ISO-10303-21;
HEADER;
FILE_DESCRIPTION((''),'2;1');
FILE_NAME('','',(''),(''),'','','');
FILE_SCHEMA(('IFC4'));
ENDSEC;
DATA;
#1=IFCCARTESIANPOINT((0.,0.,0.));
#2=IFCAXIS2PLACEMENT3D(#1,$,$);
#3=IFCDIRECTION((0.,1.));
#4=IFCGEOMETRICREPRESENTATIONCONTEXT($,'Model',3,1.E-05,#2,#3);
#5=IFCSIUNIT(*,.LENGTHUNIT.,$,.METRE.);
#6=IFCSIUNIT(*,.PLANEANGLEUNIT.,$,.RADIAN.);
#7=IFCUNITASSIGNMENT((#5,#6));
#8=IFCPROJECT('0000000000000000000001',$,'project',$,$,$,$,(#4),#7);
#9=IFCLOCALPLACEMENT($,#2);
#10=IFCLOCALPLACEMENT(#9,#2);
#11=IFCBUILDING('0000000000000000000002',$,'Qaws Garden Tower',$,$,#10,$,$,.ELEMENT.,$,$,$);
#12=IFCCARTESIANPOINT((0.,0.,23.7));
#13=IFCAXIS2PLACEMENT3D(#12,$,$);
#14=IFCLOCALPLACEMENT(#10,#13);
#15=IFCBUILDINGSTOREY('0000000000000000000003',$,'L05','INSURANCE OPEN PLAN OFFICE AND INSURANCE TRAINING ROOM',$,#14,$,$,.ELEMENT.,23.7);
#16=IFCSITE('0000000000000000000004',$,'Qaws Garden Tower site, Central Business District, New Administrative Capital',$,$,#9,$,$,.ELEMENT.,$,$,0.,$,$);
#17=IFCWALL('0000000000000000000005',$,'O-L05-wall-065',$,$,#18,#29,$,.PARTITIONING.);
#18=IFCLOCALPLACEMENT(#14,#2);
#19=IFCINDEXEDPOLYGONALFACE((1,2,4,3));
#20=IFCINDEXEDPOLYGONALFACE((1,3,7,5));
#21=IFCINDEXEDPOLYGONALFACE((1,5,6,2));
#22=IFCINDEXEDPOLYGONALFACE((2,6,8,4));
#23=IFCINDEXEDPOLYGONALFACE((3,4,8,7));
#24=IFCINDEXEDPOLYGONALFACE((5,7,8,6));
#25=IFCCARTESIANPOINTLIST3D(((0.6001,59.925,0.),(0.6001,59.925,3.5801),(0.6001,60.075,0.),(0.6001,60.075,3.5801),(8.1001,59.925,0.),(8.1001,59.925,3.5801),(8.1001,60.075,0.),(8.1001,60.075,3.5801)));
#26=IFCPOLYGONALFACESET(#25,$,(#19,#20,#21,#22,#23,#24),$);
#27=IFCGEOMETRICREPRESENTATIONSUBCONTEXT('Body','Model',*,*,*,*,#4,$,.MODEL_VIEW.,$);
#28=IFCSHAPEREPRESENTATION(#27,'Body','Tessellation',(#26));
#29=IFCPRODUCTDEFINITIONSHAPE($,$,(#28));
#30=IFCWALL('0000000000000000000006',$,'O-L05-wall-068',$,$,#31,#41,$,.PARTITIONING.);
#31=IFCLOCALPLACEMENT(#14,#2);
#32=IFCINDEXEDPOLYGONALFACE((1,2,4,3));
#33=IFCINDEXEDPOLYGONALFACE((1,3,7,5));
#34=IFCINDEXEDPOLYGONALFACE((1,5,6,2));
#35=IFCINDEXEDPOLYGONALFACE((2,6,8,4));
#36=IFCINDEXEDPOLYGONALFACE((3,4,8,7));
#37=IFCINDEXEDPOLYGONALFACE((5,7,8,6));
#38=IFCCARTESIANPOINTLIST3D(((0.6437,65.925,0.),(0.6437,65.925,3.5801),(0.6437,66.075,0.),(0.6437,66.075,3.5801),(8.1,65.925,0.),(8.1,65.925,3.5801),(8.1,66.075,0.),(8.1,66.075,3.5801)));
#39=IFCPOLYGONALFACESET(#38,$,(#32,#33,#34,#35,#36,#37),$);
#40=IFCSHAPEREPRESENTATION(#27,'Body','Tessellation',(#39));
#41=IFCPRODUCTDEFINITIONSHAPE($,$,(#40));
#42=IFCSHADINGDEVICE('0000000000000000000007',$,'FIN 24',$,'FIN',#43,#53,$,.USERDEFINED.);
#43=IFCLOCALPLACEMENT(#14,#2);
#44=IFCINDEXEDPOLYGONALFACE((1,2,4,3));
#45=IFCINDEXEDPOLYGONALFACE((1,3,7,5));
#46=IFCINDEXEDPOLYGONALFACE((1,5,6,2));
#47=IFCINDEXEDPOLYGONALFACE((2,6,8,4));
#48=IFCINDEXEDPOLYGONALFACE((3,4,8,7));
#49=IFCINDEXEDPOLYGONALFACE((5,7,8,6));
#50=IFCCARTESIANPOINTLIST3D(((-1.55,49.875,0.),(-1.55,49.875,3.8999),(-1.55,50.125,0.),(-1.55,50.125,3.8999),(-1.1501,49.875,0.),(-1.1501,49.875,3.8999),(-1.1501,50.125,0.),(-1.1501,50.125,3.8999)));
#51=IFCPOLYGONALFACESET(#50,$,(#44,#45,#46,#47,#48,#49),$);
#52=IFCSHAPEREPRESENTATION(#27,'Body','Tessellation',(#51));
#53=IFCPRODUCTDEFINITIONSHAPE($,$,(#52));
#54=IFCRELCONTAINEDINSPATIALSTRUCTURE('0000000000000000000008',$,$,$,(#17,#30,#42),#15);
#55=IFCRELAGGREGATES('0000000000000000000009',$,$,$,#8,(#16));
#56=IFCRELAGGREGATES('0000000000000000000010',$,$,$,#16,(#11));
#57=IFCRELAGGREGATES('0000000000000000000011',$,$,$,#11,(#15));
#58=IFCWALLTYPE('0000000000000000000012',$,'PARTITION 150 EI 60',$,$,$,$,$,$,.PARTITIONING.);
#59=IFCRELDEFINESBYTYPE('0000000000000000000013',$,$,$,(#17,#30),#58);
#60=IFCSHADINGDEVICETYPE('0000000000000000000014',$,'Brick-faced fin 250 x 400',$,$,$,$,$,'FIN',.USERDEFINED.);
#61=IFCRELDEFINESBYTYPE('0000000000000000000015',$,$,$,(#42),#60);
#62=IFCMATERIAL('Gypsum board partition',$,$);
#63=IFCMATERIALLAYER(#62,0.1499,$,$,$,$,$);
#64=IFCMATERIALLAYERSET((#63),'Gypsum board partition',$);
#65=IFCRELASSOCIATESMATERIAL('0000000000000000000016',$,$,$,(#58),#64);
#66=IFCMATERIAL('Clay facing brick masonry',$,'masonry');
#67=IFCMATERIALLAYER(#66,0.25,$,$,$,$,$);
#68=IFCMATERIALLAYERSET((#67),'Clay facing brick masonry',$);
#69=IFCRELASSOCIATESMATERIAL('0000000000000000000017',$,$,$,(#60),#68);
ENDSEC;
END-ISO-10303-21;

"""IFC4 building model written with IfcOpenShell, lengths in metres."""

from ifc_helpers import new_model, si_unit, direction, frame, frame_2d, origin, origin_2d, place, context, subcontext, project, spatial, rectangle, extrude, material, layer, layer_set, type_object, element, save


model = new_model("IFC4")

# Units and contexts
model_context = context("Model", 3, precision=1e-05, world=origin(), true_north=direction((0.0, 1.0)))
body_context = subcontext(model_context, "Body", "Model", "MODEL_VIEW")
ifc_project = project(units=[si_unit("LENGTHUNIT", "METRE"), si_unit("PLANEANGLEUNIT", "RADIAN")], contexts=[model_context])

# Site, building, storey
site_placement = place(None, origin())
site = spatial("IfcSite", under=ifc_project, at=site_placement, Name="Qaws Garden Tower site, Central Business District, New Administrative Capital", CompositionType="ELEMENT", RefElevation=0.0)
building_placement = place(site_placement, origin())
building = spatial("IfcBuilding", under=site, at=building_placement, Name="Qaws Garden Tower", CompositionType="ELEMENT")
storey_placement = place(building_placement, frame((0.0, 0.0, 23.7)))
storey = spatial("IfcBuildingStorey", under=building, at=storey_placement, Name="L05", Description="INSURANCE OPEN PLAN OFFICE AND INSURANCE TRAINING ROOM", CompositionType="ELEMENT", Elevation=23.7)

# Shared definitions
ifc_material_1 = material(Name="Gypsum board partition")
ifc_layer_1 = layer(ifc_material_1, 0.1499)
ifc_layer_set_1 = layer_set([ifc_layer_1], Name="Gypsum board partition")
wall_type_1 = type_object("IfcWallType", Name="PARTITION 150 EI 60", PredefinedType="PARTITIONING", material=ifc_layer_set_1)

# Walls
wall_1_placement = place(storey_placement, frame((0.6001, 60.0, 0.0), z_axis=(0.0, 0.0, 1.0), x_axis=(1.0, 0.0, 0.0)))
element("IfcWall", 1, at=wall_1_placement, inside=storey, type_object=wall_type_1, Name="O-L05-wall-065", PredefinedType="PARTITIONING", context=body_context, shape_type="SweptSolid", body=[
    extrude(rectangle(XDim=7.5, YDim=0.1499, at=frame_2d((3.75, 0.0))), origin(), (0.0, 0.0, 1.0), 3.5801),
])
wall_2_placement = place(storey_placement, frame((0.6438, 66.0, 0.0), z_axis=(0.0, 0.0, 1.0), x_axis=(1.0, 0.0, 0.0)))
element("IfcWall", 2, at=wall_2_placement, inside=storey, type_object=wall_type_1, Name="O-L05-wall-068", PredefinedType="PARTITIONING", context=body_context, shape_type="SweptSolid", body=[
    extrude(rectangle(XDim=7.4563, YDim=0.1499, at=frame_2d((3.728, 0.0))), origin(), (0.0, 0.0, 1.0), 3.5801),
])

# Shading device
ifc_material_2 = material(Name="Clay facing brick masonry", Category="masonry")
ifc_layer_2 = layer(ifc_material_2, 0.25)
ifc_layer_set_2 = layer_set([ifc_layer_2], Name="Clay facing brick masonry")
shading_device_type = type_object("IfcShadingDeviceType", Name="Brick-faced fin 250 x 400", ElementType="FIN", PredefinedType="USERDEFINED", material=ifc_layer_set_2)
shading_device_placement = place(storey_placement, frame((-1.3501, 50.0, 0.0), z_axis=(0.0, 0.0, 1.0), x_axis=(0.0, -1.0, 0.0)))
element("IfcShadingDevice", 3, at=shading_device_placement, inside=storey, type_object=shading_device_type, Name="FIN 24", ObjectType="FIN", PredefinedType="USERDEFINED", context=body_context, shape_type="SweptSolid", body=[
    extrude(rectangle(XDim=0.25, YDim=0.3999, at=origin_2d()), origin(), (0.0, 0.0, 1.0), 3.8999),
])

save(model, "model.ifc")
